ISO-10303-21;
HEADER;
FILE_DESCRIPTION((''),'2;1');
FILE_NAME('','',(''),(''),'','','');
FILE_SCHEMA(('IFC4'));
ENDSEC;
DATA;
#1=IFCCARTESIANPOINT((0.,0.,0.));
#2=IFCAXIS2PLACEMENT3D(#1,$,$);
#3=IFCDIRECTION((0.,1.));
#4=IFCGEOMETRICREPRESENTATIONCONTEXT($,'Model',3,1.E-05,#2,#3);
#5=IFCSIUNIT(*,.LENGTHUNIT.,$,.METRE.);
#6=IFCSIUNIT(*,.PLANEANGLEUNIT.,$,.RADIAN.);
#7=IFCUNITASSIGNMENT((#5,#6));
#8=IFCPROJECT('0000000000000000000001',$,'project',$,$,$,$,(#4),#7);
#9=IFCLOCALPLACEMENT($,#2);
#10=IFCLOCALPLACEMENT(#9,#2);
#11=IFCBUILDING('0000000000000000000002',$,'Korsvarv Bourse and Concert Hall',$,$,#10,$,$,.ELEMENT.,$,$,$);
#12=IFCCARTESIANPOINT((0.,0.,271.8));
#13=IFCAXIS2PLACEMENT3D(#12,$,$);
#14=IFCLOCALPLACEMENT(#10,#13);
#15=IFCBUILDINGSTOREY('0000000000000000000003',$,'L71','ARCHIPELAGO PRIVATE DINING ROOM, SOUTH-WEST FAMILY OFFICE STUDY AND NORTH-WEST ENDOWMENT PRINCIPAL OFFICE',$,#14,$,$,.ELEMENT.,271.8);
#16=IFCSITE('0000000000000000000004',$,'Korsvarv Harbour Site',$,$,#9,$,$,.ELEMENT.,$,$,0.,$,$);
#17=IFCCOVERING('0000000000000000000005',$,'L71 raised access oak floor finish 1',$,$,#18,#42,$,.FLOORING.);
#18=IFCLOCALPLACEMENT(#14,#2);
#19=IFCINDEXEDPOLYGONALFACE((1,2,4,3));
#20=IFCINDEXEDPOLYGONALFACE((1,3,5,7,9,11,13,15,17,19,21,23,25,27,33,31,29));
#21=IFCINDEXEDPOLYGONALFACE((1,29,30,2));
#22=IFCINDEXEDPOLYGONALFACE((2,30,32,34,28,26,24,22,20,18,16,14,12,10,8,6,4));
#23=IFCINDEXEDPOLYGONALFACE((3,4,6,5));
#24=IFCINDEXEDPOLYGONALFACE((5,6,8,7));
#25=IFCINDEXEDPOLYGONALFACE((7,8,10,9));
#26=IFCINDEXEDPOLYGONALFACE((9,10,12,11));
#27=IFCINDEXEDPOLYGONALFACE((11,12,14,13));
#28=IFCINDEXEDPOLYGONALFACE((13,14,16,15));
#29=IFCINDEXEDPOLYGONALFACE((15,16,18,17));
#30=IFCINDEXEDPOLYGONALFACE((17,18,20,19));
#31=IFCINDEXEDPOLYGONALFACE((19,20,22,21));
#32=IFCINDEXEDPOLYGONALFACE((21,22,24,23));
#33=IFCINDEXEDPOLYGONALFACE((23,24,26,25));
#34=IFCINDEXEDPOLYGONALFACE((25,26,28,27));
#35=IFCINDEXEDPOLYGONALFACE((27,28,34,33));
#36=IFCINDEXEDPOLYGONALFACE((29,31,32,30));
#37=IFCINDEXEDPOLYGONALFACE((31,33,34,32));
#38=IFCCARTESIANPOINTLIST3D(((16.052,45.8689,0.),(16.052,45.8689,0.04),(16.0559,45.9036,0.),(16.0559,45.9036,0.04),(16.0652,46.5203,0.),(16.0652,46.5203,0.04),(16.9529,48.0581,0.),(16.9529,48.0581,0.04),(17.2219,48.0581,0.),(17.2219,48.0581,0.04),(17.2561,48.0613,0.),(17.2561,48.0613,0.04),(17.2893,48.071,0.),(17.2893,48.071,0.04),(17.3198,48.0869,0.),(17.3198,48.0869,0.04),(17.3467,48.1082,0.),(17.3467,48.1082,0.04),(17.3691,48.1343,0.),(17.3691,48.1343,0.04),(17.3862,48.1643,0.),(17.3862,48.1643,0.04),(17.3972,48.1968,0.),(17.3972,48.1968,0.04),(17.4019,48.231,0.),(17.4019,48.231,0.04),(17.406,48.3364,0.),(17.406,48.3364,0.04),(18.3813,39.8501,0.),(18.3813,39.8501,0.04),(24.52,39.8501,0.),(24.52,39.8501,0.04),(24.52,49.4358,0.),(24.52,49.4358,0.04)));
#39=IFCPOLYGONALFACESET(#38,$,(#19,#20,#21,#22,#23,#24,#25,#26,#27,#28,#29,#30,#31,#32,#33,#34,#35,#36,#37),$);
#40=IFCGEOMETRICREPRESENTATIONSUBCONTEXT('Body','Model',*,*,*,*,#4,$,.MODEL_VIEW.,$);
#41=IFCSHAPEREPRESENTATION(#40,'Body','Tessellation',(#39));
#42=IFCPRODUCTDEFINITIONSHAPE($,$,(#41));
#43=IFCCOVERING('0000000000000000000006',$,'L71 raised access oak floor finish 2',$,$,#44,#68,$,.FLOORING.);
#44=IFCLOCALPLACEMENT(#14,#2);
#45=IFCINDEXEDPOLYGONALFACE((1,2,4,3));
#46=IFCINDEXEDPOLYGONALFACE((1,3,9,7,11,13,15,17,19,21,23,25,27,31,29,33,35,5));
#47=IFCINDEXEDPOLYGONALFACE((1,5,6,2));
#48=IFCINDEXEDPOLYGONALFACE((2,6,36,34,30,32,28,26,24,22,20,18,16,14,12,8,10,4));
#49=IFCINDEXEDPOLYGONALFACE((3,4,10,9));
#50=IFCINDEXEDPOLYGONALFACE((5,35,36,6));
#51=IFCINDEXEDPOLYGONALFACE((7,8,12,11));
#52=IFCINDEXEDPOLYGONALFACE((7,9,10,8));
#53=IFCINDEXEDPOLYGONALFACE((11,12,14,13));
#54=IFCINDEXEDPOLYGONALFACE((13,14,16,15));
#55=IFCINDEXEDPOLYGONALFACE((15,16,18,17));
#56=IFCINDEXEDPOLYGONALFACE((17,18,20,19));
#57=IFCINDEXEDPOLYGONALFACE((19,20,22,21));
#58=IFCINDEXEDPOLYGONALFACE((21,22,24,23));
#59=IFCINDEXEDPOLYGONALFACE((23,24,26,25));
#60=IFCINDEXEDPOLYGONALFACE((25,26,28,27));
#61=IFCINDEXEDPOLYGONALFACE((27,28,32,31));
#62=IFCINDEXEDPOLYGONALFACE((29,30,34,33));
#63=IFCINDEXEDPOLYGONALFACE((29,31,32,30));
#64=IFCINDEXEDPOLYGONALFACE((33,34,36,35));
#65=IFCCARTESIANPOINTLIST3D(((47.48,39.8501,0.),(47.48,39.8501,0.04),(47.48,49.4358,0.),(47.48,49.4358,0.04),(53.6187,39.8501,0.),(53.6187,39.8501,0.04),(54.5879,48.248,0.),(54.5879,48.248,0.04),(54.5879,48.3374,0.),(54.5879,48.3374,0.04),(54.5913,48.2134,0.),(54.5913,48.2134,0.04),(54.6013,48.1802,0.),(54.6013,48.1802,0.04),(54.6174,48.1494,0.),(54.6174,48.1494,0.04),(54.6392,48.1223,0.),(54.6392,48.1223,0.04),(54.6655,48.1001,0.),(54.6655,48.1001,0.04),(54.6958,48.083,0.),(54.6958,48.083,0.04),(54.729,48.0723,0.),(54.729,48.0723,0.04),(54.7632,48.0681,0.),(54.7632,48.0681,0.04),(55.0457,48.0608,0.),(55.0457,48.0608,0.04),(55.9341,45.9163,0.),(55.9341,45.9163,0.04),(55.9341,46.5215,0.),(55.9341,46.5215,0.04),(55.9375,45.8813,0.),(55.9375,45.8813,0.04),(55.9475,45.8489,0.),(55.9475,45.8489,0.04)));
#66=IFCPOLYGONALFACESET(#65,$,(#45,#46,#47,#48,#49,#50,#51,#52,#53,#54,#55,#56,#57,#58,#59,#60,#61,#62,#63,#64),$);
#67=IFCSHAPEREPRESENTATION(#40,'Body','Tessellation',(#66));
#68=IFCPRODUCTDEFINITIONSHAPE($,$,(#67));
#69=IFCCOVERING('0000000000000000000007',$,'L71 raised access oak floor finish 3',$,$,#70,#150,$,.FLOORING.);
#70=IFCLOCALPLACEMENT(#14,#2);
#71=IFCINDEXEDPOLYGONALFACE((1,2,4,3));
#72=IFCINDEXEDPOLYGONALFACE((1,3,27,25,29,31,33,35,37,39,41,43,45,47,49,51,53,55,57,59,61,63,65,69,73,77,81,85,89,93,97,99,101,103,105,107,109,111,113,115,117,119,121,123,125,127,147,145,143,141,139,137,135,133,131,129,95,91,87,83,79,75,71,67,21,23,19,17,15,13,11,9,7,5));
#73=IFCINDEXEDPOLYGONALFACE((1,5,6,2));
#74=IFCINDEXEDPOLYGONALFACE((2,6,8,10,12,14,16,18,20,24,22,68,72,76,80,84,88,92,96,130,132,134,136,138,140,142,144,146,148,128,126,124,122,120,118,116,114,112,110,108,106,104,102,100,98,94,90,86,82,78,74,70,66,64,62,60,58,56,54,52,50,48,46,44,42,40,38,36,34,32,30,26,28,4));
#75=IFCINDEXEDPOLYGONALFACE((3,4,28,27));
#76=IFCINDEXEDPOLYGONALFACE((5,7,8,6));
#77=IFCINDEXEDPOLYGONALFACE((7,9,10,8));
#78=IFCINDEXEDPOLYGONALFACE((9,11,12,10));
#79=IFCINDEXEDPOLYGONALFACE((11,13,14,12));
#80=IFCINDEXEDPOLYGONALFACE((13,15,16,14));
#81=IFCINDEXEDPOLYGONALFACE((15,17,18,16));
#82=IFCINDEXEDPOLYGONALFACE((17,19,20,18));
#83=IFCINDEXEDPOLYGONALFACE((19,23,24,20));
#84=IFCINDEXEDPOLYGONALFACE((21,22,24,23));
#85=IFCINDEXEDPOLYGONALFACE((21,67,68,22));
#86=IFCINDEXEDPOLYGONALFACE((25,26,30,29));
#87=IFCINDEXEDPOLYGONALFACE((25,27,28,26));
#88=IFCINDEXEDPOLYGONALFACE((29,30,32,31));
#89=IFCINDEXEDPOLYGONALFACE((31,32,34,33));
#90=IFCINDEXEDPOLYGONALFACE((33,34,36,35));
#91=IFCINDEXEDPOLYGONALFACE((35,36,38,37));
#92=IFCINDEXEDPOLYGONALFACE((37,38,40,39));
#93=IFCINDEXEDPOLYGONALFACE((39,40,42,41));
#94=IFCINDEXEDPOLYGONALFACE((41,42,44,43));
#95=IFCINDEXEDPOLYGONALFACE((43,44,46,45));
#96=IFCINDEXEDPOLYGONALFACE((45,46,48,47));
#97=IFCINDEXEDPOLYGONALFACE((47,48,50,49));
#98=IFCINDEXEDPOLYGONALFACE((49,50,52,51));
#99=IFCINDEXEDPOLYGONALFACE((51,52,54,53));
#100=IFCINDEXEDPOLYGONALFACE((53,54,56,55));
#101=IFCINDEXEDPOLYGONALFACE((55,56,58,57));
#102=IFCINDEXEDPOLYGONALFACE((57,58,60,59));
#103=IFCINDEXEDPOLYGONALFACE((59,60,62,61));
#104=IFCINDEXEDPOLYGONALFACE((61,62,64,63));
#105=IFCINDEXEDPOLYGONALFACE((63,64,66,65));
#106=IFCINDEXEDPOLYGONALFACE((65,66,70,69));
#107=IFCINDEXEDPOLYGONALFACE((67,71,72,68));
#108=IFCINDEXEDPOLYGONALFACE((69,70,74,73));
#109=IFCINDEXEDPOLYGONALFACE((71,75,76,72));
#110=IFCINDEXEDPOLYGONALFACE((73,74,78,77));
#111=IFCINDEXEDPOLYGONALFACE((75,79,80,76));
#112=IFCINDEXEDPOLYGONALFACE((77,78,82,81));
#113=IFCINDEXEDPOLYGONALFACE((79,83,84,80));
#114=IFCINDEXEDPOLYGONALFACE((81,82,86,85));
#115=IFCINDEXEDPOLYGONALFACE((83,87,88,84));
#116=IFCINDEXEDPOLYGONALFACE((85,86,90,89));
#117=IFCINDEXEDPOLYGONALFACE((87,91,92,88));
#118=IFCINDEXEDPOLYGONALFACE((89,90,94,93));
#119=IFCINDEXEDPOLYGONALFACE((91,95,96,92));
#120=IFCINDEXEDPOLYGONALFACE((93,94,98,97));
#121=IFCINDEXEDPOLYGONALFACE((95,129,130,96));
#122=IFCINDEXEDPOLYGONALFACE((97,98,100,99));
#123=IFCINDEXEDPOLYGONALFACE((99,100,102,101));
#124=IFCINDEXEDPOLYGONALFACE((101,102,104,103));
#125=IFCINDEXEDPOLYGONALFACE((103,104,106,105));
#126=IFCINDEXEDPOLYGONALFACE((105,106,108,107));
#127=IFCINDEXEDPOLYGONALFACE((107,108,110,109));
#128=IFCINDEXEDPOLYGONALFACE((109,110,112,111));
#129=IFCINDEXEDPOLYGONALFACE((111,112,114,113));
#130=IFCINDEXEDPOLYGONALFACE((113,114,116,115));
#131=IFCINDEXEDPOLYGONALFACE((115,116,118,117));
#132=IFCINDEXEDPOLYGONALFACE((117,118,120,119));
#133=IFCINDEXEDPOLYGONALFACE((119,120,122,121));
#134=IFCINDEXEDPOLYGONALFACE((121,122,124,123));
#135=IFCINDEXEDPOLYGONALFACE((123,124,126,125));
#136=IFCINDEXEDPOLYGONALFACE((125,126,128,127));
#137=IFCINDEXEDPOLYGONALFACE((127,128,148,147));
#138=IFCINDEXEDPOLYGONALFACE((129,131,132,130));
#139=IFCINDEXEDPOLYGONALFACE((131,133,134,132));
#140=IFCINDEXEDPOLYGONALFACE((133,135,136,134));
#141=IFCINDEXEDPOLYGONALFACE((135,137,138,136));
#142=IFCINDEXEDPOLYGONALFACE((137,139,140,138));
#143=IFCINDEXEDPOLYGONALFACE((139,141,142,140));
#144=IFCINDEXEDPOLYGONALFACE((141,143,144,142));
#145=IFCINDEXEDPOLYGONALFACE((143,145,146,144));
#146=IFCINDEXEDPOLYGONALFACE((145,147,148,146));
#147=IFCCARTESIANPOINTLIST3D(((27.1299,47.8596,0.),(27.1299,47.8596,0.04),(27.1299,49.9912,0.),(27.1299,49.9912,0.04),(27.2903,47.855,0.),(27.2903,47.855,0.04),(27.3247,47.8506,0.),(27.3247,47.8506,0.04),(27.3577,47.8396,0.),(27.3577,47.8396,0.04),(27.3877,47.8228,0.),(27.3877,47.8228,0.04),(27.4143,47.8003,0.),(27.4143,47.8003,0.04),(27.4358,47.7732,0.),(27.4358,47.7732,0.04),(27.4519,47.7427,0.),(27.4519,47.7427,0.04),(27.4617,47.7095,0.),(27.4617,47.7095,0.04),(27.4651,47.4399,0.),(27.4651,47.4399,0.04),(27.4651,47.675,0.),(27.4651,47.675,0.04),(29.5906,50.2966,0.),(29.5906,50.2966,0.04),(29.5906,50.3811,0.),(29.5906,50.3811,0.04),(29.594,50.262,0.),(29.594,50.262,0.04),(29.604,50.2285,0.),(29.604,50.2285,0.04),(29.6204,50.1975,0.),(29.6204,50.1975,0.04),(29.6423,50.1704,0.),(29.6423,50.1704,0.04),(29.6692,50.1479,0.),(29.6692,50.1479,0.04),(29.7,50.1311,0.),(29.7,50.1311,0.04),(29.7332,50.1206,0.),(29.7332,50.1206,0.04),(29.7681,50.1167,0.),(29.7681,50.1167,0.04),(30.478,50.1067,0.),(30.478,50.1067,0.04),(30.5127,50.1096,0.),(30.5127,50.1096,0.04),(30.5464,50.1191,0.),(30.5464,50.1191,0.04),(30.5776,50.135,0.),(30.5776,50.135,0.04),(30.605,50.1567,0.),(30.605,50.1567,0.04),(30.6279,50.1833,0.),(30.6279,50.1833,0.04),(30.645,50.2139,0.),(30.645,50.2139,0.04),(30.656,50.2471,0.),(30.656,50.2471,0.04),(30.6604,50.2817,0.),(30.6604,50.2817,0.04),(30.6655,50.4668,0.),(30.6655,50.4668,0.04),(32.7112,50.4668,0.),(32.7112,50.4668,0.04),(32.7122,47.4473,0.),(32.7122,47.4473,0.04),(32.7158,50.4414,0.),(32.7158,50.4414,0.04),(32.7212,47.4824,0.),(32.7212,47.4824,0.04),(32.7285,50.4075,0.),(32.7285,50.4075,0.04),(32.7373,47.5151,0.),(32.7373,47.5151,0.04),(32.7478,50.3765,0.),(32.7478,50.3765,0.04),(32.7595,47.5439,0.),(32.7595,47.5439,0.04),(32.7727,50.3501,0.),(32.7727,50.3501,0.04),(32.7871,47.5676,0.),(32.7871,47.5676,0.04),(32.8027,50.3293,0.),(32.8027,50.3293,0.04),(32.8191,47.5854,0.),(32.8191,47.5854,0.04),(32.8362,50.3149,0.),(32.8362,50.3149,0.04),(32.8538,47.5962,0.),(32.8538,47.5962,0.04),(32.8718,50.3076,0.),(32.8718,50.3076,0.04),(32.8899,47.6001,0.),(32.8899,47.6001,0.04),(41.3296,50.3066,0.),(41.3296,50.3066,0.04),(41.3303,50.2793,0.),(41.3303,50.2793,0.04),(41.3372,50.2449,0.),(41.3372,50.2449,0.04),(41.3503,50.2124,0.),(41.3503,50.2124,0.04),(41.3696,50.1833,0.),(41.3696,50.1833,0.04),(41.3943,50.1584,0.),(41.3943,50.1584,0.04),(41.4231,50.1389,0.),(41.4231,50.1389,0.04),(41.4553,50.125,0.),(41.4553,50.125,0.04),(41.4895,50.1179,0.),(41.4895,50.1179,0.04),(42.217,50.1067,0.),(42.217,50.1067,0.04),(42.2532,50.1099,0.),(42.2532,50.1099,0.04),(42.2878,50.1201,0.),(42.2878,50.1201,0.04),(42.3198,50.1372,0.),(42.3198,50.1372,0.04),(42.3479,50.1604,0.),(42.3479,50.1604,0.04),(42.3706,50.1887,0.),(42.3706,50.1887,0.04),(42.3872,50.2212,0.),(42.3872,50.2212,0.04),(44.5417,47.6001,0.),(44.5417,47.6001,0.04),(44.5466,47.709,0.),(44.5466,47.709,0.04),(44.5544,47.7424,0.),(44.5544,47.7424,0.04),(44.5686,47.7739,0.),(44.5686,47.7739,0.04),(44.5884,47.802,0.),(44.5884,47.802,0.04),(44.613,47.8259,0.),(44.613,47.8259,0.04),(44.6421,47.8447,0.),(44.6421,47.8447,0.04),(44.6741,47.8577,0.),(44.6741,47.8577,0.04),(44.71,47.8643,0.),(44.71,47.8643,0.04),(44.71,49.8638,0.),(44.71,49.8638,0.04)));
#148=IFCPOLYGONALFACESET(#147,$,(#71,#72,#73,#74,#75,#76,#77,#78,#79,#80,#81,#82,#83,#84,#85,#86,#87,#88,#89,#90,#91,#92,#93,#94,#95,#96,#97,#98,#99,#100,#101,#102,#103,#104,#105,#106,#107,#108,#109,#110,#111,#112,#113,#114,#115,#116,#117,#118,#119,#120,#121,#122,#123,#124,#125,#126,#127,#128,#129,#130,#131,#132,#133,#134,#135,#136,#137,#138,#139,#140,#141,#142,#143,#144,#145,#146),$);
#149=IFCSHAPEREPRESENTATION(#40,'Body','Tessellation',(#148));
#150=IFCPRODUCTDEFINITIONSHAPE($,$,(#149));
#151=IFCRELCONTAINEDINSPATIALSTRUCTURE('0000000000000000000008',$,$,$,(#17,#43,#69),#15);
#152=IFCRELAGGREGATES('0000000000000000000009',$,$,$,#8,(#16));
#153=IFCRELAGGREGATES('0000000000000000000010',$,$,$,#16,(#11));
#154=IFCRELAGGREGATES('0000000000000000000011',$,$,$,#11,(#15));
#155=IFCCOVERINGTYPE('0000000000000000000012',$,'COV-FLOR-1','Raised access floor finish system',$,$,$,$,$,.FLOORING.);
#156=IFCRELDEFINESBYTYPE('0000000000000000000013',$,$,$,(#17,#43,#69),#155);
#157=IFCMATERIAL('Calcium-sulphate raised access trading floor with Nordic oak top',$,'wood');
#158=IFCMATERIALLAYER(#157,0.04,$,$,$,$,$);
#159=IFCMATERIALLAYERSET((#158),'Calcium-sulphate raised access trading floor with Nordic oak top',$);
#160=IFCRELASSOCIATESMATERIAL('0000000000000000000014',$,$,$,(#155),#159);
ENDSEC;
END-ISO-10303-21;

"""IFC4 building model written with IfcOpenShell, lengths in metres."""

from ifc_helpers import new_model, si_unit, direction, frame, origin, place, context, subcontext, project, spatial, polyline, outline, extrude, material, layer, layer_set, type_object, element, save


model = new_model("IFC4")

# Units and contexts
model_context = context("Model", 3, precision=1e-05, world=origin(), true_north=direction((0.0, 1.0)))
body_context = subcontext(model_context, "Body", "Model", "MODEL_VIEW")
ifc_project = project(units=[si_unit("LENGTHUNIT", "METRE"), si_unit("PLANEANGLEUNIT", "RADIAN")], contexts=[model_context])

# Site, building, storey
site_placement = place(None, origin())
site = spatial("IfcSite", under=ifc_project, at=site_placement, Name="Korsvarv Harbour Site", CompositionType="ELEMENT", RefElevation=0.0)
building_placement = place(site_placement, origin())
building = spatial("IfcBuilding", under=site, at=building_placement, Name="Korsvarv Bourse and Concert Hall", CompositionType="ELEMENT")
storey_placement = place(building_placement, frame((0.0, 0.0, 271.8)))
storey = spatial("IfcBuildingStorey", under=building, at=storey_placement, Name="L71", Description="ARCHIPELAGO PRIVATE DINING ROOM, SOUTH-WEST FAMILY OFFICE STUDY AND NORTH-WEST ENDOWMENT PRINCIPAL OFFICE", CompositionType="ELEMENT", Elevation=271.8)

# Coverings
ifc_material_1 = material(Name="Calcium-sulphate raised access trading floor with Nordic oak top", Category="wood")
ifc_layer_1 = layer(ifc_material_1, 0.04)
ifc_layer_set_1 = layer_set([ifc_layer_1], Name="Calcium-sulphate raised access trading floor with Nordic oak top")
covering_type_1 = type_object("IfcCoveringType", Name="COV-FLOR-1", Description="Raised access floor finish system", PredefinedType="FLOORING", material=ifc_layer_set_1)
covering_1_placement = place(storey_placement, origin())
element("IfcCovering", 1, at=covering_1_placement, inside=storey, type_object=covering_type_1, Name="L71 raised access oak floor finish 1", PredefinedType="FLOORING", context=body_context, shape_type="SweptSolid", body=[
    extrude(outline(polyline([(16.052, 45.8689), (16.0559, 45.9036), (16.0652, 46.5203), (16.9529, 48.0581), (17.2219, 48.0581), (17.2561, 48.0613), (17.2893, 48.071), (17.3198, 48.0869), (17.3467, 48.1082), (17.3691, 48.1343), (17.3862, 48.1643), (17.3972, 48.1968), (17.4019, 48.231), (17.406, 48.3364), (24.52, 49.4358), (24.52, 39.8501), (18.3813, 39.8501), (16.052, 45.8689)])), origin(), (0.0, 0.0, 1.0), 0.04),
])
covering_2_placement = place(storey_placement, origin())
element("IfcCovering", 2, at=covering_2_placement, inside=storey, type_object=covering_type_1, Name="L71 raised access oak floor finish 2", PredefinedType="FLOORING", context=body_context, shape_type="SweptSolid", body=[
    extrude(outline(polyline([(54.5879, 48.248), (54.5913, 48.2134), (54.6013, 48.1802), (54.6174, 48.1494), (54.6392, 48.1223), (54.6655, 48.1001), (54.6958, 48.083), (54.729, 48.0723), (54.7632, 48.0681), (55.0457, 48.0608), (55.9341, 46.5215), (55.9341, 45.9163), (55.9375, 45.8813), (55.9475, 45.8489), (53.6187, 39.8501), (47.48, 39.8501), (47.48, 49.4358), (54.5879, 48.3374), (54.5879, 48.248)])), origin(), (0.0, 0.0, 1.0), 0.04),
])
covering_3_placement = place(storey_placement, origin())
element("IfcCovering", 3, at=covering_3_placement, inside=storey, type_object=covering_type_1, Name="L71 raised access oak floor finish 3", PredefinedType="FLOORING", context=body_context, shape_type="SweptSolid", body=[
    extrude(outline(polyline([(29.5906, 50.3811), (29.5906, 50.2966), (29.594, 50.262), (29.604, 50.2285), (29.6204, 50.1975), (29.6423, 50.1704), (29.6692, 50.1479), (29.7, 50.1311), (29.7332, 50.1206), (29.7681, 50.1167), (30.478, 50.1067), (30.5127, 50.1096), (30.5464, 50.1191), (30.5776, 50.135), (30.605, 50.1567), (30.6279, 50.1833), (30.645, 50.2139), (30.656, 50.2471), (30.6604, 50.2817), (30.6655, 50.4668), (32.7112, 50.4668), (32.7158, 50.4414), (32.7285, 50.4075), (32.7478, 50.3765), (32.7727, 50.3501), (32.8027, 50.3293), (32.8362, 50.3149), (32.8718, 50.3076), (41.3296, 50.3066), (41.3303, 50.2793), (41.3372, 50.2449), (41.3503, 50.2124), (41.3696, 50.1833), (41.3943, 50.1584), (41.4231, 50.1389), (41.4553, 50.125), (41.4895, 50.1179), (42.217, 50.1067), (42.2532, 50.1099), (42.2878, 50.1201), (42.3198, 50.1372), (42.3479, 50.1604), (42.3706, 50.1887), (42.3872, 50.2212), (44.71, 49.8638), (44.71, 47.8643), (44.6741, 47.8577), (44.6421, 47.8447), (44.613, 47.8259), (44.5884, 47.802), (44.5686, 47.7739), (44.5544, 47.7424), (44.5466, 47.709), (44.5417, 47.6001), (32.8899, 47.6001), (32.8538, 47.5962), (32.8191, 47.5854), (32.7871, 47.5676), (32.7595, 47.5439), (32.7373, 47.5151), (32.7212, 47.4824), (32.7122, 47.4473), (27.4651, 47.4399), (27.4651, 47.675), (27.4617, 47.7095), (27.4519, 47.7427), (27.4358, 47.7732), (27.4143, 47.8003), (27.3877, 47.8228), (27.3577, 47.8396), (27.3247, 47.8506), (27.2903, 47.855), (27.1299, 47.8596), (27.1299, 49.9912), (29.5906, 50.3811)])), origin(), (0.0, 0.0, 1.0), 0.04),
])

save(model, "model.ifc")
